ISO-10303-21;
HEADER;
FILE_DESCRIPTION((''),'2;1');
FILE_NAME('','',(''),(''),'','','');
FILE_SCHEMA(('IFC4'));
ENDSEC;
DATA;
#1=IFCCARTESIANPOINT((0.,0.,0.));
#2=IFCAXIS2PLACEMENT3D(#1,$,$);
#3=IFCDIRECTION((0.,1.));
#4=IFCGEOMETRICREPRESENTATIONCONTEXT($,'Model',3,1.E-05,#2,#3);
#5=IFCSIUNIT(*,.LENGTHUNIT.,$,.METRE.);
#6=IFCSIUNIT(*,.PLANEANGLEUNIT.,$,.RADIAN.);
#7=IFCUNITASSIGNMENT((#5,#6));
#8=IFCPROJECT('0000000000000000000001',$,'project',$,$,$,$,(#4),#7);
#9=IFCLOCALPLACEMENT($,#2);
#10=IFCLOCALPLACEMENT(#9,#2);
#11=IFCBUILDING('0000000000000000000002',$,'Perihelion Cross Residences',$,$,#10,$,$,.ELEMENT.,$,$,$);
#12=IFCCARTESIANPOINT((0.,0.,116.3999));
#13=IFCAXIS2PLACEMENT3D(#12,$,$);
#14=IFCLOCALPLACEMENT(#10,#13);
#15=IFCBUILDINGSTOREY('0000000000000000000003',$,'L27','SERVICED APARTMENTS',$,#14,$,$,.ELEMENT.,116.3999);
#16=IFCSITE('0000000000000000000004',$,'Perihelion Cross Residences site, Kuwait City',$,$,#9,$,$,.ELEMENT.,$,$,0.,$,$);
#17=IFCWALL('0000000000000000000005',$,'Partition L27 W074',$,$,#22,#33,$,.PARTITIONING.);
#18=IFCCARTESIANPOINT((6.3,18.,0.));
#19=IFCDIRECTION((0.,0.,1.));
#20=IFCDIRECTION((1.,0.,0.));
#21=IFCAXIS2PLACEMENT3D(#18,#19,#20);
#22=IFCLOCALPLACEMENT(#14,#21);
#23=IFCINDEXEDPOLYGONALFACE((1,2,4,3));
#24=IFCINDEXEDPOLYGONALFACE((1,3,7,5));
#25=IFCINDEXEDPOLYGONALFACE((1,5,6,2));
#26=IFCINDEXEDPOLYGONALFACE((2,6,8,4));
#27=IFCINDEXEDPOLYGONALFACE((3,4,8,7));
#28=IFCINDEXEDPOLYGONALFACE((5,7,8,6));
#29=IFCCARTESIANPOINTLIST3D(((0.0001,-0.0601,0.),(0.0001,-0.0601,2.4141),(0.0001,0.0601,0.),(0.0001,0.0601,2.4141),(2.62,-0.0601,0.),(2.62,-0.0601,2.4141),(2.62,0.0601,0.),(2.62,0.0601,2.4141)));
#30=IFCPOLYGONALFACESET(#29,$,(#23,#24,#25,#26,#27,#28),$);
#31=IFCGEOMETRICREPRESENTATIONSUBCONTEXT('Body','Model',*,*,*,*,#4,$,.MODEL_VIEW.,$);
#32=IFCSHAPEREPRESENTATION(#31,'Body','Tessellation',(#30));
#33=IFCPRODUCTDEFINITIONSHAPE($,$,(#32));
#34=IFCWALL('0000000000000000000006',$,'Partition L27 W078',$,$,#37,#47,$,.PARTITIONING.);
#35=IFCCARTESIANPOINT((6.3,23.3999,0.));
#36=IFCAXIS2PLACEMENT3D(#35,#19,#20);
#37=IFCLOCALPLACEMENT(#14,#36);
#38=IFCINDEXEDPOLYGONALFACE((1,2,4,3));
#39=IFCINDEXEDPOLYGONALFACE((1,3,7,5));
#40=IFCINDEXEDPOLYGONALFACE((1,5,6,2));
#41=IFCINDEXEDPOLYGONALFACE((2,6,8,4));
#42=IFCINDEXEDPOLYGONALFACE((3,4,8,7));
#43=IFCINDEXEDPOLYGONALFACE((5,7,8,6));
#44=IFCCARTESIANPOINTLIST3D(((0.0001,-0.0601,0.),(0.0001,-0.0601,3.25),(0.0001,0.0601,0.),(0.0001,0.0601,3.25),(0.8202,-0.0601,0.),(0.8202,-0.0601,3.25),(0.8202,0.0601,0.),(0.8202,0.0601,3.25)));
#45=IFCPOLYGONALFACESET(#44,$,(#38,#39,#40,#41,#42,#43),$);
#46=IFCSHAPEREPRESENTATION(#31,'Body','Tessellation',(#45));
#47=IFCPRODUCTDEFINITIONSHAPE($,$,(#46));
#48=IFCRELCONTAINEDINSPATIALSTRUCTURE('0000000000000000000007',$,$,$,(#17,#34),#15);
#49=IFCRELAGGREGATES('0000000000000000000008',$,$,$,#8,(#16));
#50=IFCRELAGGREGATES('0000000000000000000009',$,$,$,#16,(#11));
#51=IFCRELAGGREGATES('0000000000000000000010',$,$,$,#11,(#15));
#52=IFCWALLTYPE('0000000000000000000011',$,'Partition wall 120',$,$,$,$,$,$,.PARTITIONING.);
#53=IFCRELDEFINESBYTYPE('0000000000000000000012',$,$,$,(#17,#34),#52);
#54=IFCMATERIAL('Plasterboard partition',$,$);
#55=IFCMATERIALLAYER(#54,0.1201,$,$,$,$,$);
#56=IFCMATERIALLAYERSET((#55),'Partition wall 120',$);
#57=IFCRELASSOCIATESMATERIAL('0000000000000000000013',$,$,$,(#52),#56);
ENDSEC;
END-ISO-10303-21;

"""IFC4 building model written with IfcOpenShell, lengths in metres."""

from ifc_helpers import new_model, si_unit, direction, frame, frame_2d, origin, place, context, subcontext, project, spatial, rectangle, extrude, material, layer, layer_set, type_object, element, save


model = new_model("IFC4")

# Units and contexts
model_context = context("Model", 3, precision=1e-05, world=origin(), true_north=direction((0.0, 1.0)))
body_context = subcontext(model_context, "Body", "Model", "MODEL_VIEW")
ifc_project = project(units=[si_unit("LENGTHUNIT", "METRE"), si_unit("PLANEANGLEUNIT", "RADIAN")], contexts=[model_context])

# Site, building, storey
site_placement = place(None, origin())
site = spatial("IfcSite", under=ifc_project, at=site_placement, Name="Perihelion Cross Residences site, Kuwait City", CompositionType="ELEMENT", RefElevation=0.0)
building_placement = place(site_placement, origin())
building = spatial("IfcBuilding", under=site, at=building_placement, Name="Perihelion Cross Residences", CompositionType="ELEMENT")
storey_placement = place(building_placement, frame((0.0, 0.0, 116.3999)))
storey = spatial("IfcBuildingStorey", under=building, at=storey_placement, Name="L27", Description="SERVICED APARTMENTS", CompositionType="ELEMENT", Elevation=116.3999)

# Walls
ifc_material_1 = material(Name="Plasterboard partition")
ifc_layer_1 = layer(ifc_material_1, 0.1201)
ifc_layer_set_1 = layer_set([ifc_layer_1], Name="Partition wall 120")
wall_type_1 = type_object("IfcWallType", Name="Partition wall 120", PredefinedType="PARTITIONING", material=ifc_layer_set_1)
wall_1_placement = place(storey_placement, frame((6.3, 18.0, 0.0), z_axis=(0.0, 0.0, 1.0), x_axis=(1.0, 0.0, 0.0)))
element("IfcWall", 1, at=wall_1_placement, inside=storey, type_object=wall_type_1, Name="Partition L27 W074", PredefinedType="PARTITIONING", context=body_context, shape_type="SweptSolid", body=[
    extrude(rectangle(XDim=2.6199, YDim=0.1201, at=frame_2d((1.3101, 0.0))), origin(), (0.0, 0.0, 1.0), 2.4141),
])
wall_2_placement = place(storey_placement, frame((6.3, 23.3999, 0.0), z_axis=(0.0, 0.0, 1.0), x_axis=(1.0, 0.0, 0.0)))
element("IfcWall", 2, at=wall_2_placement, inside=storey, type_object=wall_type_1, Name="Partition L27 W078", PredefinedType="PARTITIONING", context=body_context, shape_type="SweptSolid", body=[
    extrude(rectangle(XDim=0.8201, YDim=0.1201, at=frame_2d((0.4102, 0.0))), origin(), (0.0, 0.0, 1.0), 3.25),
])

save(model, "model.ifc")
